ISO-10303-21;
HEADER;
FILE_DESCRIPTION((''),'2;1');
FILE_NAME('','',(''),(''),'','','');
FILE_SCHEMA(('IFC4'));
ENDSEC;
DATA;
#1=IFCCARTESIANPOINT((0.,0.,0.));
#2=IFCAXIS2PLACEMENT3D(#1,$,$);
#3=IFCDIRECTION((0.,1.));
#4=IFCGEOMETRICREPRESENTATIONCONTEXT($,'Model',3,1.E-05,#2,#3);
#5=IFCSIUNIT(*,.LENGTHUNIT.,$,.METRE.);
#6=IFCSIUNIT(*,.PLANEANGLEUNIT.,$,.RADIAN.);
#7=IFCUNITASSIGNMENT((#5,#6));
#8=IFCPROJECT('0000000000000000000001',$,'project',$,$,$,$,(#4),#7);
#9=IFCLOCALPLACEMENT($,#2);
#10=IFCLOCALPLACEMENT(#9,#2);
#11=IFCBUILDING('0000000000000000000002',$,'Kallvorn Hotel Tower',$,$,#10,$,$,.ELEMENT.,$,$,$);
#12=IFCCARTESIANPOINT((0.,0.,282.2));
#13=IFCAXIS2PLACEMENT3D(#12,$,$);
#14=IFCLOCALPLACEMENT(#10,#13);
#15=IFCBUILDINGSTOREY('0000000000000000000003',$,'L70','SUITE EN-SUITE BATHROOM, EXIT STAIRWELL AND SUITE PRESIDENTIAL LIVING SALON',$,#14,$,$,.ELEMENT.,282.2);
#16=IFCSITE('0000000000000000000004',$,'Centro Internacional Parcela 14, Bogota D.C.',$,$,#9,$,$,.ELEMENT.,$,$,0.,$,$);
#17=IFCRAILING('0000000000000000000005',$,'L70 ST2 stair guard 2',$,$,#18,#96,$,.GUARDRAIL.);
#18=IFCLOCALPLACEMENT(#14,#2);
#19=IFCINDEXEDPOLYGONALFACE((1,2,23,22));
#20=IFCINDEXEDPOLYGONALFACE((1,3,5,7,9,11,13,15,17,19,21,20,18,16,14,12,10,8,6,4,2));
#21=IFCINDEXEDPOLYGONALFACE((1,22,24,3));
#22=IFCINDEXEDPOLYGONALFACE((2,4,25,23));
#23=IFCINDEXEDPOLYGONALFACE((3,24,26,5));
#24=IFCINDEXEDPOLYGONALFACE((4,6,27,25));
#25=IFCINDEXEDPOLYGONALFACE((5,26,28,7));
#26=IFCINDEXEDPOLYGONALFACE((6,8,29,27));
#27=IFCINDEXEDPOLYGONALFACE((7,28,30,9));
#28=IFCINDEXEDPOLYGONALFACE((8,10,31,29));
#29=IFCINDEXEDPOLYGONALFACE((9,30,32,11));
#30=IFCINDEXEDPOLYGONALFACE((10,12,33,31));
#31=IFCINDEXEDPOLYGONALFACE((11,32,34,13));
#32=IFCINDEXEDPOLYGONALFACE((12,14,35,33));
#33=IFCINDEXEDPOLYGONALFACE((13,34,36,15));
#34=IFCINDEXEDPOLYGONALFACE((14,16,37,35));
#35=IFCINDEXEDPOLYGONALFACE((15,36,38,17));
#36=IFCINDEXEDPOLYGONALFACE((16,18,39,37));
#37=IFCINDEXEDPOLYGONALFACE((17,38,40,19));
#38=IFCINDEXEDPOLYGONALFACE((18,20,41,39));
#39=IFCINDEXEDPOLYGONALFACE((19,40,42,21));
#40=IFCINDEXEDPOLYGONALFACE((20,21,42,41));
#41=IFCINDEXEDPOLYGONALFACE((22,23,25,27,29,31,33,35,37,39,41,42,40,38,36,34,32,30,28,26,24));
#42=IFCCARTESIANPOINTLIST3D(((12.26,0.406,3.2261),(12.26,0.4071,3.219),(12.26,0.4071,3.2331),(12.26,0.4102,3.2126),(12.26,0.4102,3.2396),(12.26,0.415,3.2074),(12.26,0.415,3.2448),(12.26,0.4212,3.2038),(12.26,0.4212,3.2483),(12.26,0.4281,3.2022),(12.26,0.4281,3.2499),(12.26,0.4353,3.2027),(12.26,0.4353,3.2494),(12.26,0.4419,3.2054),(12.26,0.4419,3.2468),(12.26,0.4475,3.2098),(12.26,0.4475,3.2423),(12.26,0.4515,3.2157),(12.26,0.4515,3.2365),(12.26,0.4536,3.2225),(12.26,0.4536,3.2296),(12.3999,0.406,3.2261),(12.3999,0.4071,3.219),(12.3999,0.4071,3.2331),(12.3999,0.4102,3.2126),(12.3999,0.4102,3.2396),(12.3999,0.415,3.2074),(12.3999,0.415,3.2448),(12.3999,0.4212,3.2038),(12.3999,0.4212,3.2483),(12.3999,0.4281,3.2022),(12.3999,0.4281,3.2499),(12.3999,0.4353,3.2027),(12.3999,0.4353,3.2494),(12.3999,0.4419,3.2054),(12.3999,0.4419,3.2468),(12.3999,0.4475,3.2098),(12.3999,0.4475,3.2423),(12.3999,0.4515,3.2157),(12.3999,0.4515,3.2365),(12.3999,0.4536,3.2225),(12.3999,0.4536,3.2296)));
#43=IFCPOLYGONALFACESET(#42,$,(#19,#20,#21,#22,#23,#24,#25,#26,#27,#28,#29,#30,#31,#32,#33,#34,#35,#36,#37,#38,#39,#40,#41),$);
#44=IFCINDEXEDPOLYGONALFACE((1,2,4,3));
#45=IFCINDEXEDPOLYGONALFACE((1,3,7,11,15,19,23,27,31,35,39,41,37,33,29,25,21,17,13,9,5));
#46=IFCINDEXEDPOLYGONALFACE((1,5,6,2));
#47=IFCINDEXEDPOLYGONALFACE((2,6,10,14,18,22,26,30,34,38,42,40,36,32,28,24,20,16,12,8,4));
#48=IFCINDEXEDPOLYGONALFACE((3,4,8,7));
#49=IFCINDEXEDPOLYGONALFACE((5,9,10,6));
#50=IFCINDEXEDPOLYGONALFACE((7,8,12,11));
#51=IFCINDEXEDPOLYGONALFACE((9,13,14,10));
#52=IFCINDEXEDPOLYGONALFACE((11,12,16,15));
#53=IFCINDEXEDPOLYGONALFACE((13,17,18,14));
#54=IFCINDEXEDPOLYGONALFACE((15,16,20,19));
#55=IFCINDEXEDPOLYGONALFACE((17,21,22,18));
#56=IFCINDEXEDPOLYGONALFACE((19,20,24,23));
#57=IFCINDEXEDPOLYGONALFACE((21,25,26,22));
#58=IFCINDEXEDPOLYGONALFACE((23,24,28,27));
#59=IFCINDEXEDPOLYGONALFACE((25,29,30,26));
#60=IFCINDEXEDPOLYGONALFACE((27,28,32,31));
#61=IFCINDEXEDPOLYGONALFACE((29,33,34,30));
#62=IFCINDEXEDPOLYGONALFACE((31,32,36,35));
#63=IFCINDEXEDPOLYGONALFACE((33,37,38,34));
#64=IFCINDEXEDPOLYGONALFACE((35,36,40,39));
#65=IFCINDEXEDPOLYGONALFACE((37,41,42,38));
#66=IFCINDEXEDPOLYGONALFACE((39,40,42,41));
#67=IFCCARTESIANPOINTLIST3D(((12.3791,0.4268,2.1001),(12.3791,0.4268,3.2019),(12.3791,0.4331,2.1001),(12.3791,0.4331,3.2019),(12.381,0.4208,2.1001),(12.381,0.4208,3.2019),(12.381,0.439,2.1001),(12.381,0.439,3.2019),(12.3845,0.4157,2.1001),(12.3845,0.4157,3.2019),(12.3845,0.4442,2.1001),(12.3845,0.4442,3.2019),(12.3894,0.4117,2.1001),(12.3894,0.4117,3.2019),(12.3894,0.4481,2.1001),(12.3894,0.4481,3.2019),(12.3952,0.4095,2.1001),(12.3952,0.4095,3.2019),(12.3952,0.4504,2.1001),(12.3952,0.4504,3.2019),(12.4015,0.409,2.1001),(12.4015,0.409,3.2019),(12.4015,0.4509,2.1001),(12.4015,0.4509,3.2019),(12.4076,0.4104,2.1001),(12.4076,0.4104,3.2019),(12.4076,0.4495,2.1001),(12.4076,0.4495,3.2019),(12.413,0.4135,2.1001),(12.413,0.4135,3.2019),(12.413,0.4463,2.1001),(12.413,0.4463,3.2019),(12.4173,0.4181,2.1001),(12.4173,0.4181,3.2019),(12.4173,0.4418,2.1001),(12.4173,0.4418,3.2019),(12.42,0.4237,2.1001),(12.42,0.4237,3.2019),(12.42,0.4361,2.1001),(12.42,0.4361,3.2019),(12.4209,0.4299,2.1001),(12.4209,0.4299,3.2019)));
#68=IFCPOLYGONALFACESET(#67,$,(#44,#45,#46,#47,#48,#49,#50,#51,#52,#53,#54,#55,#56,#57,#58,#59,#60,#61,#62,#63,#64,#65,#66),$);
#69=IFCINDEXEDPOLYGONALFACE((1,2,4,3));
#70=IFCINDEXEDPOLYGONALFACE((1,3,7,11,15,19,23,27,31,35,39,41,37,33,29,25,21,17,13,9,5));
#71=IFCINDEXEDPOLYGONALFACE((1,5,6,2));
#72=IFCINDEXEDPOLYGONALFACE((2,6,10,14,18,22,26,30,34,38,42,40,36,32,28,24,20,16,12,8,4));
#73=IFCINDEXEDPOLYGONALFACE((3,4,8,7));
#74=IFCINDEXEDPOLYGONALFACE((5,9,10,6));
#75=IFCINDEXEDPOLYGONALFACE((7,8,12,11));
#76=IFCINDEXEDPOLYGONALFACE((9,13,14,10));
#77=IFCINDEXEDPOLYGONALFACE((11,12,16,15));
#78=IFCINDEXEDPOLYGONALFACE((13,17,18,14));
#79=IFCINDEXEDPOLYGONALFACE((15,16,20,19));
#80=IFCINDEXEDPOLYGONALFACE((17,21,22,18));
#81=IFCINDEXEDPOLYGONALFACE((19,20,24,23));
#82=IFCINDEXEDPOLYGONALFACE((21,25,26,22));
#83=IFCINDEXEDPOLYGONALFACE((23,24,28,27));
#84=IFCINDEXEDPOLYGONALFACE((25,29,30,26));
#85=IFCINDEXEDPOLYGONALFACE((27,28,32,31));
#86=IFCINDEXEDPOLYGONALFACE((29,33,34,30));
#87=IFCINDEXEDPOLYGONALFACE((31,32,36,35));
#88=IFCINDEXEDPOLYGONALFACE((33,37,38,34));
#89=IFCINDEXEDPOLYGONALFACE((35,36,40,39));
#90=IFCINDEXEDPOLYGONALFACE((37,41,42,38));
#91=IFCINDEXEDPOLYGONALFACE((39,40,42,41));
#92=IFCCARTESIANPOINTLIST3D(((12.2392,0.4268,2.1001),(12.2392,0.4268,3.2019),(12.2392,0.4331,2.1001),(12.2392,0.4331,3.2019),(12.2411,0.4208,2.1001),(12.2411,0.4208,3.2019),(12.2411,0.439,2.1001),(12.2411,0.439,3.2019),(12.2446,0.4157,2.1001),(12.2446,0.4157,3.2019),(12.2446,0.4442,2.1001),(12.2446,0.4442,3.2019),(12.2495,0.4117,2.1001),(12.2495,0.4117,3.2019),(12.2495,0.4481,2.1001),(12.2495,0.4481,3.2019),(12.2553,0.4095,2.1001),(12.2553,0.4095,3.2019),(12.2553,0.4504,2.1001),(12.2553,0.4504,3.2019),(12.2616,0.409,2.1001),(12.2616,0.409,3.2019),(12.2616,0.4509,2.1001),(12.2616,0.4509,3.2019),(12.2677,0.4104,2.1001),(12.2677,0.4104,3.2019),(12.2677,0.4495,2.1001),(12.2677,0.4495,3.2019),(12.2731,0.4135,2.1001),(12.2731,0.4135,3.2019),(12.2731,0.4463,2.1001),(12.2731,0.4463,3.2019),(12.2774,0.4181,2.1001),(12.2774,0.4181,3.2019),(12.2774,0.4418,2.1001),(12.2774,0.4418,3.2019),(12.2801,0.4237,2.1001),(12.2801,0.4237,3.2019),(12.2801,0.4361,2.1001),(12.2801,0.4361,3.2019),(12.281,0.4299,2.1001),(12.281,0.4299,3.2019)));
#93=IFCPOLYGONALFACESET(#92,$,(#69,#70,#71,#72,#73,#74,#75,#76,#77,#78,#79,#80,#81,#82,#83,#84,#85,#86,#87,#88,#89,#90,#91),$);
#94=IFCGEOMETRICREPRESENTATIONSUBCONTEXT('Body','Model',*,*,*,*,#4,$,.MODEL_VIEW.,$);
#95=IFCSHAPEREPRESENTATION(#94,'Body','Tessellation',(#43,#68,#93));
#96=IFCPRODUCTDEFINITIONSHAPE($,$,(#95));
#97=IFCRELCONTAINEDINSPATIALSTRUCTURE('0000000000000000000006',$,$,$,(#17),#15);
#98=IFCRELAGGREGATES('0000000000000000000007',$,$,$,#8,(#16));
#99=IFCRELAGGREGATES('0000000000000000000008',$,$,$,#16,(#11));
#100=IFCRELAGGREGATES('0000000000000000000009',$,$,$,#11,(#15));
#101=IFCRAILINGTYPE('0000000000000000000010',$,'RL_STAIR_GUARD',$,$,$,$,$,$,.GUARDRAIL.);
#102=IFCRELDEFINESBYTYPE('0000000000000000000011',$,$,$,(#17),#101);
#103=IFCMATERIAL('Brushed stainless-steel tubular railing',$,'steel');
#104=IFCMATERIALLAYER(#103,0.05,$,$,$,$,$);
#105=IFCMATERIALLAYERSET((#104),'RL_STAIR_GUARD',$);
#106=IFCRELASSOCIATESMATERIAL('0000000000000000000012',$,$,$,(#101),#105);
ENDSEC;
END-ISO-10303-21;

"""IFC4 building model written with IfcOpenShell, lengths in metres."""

from ifc_helpers import new_model, si_unit, direction, frame, origin, origin_2d, place, context, subcontext, project, spatial, circle, extrude, material, layer, layer_set, type_object, element, save


model = new_model("IFC4")

# Units and contexts
model_context = context("Model", 3, precision=1e-05, world=origin(), true_north=direction((0.0, 1.0)))
body_context = subcontext(model_context, "Body", "Model", "MODEL_VIEW")
ifc_project = project(units=[si_unit("LENGTHUNIT", "METRE"), si_unit("PLANEANGLEUNIT", "RADIAN")], contexts=[model_context])

# Site, building, storey
site_placement = place(None, origin())
site = spatial("IfcSite", under=ifc_project, at=site_placement, Name="Centro Internacional Parcela 14, Bogota D.C.", CompositionType="ELEMENT", RefElevation=0.0)
building_placement = place(site_placement, origin())
building = spatial("IfcBuilding", under=site, at=building_placement, Name="Kallvorn Hotel Tower", CompositionType="ELEMENT")
storey_placement = place(building_placement, frame((0.0, 0.0, 282.2)))
storey = spatial("IfcBuildingStorey", under=building, at=storey_placement, Name="L70", Description="SUITE EN-SUITE BATHROOM, EXIT STAIRWELL AND SUITE PRESIDENTIAL LIVING SALON", CompositionType="ELEMENT", Elevation=282.2)

# Railing
ifc_material_1 = material(Name="Brushed stainless-steel tubular railing", Category="steel")
ifc_layer_1 = layer(ifc_material_1, 0.05)
ifc_layer_set_1 = layer_set([ifc_layer_1], Name="RL_STAIR_GUARD")
railing_type_1 = type_object("IfcRailingType", Name="RL_STAIR_GUARD", PredefinedType="GUARDRAIL", material=ifc_layer_set_1)
railing_1_placement = place(storey_placement, frame((12.3999, 0.4299, 2.1001)))
element("IfcRailing", 1, at=railing_1_placement, inside=storey, type_object=railing_type_1, Name="L70 ST2 stair guard 2", PredefinedType="GUARDRAIL", context=body_context, shape_type="SweptSolid", body=[
    extrude(circle(Radius=0.0239, at=origin_2d()), frame((0.0, 0.0, 1.126), z_axis=(-1.0, 0.0, 0.0), x_axis=(0.0, -1.0, 0.0)), (0.0, 0.0, 1.0), 0.1399),
    extrude(circle(Radius=0.021, at=origin_2d()), origin(), (0.0, 0.0, 1.0), 1.1018),
    extrude(circle(Radius=0.021, at=origin_2d()), frame((-0.1399, 0.0, 0.0)), (0.0, 0.0, 1.0), 1.1018),
])

save(model, "model.ifc")
